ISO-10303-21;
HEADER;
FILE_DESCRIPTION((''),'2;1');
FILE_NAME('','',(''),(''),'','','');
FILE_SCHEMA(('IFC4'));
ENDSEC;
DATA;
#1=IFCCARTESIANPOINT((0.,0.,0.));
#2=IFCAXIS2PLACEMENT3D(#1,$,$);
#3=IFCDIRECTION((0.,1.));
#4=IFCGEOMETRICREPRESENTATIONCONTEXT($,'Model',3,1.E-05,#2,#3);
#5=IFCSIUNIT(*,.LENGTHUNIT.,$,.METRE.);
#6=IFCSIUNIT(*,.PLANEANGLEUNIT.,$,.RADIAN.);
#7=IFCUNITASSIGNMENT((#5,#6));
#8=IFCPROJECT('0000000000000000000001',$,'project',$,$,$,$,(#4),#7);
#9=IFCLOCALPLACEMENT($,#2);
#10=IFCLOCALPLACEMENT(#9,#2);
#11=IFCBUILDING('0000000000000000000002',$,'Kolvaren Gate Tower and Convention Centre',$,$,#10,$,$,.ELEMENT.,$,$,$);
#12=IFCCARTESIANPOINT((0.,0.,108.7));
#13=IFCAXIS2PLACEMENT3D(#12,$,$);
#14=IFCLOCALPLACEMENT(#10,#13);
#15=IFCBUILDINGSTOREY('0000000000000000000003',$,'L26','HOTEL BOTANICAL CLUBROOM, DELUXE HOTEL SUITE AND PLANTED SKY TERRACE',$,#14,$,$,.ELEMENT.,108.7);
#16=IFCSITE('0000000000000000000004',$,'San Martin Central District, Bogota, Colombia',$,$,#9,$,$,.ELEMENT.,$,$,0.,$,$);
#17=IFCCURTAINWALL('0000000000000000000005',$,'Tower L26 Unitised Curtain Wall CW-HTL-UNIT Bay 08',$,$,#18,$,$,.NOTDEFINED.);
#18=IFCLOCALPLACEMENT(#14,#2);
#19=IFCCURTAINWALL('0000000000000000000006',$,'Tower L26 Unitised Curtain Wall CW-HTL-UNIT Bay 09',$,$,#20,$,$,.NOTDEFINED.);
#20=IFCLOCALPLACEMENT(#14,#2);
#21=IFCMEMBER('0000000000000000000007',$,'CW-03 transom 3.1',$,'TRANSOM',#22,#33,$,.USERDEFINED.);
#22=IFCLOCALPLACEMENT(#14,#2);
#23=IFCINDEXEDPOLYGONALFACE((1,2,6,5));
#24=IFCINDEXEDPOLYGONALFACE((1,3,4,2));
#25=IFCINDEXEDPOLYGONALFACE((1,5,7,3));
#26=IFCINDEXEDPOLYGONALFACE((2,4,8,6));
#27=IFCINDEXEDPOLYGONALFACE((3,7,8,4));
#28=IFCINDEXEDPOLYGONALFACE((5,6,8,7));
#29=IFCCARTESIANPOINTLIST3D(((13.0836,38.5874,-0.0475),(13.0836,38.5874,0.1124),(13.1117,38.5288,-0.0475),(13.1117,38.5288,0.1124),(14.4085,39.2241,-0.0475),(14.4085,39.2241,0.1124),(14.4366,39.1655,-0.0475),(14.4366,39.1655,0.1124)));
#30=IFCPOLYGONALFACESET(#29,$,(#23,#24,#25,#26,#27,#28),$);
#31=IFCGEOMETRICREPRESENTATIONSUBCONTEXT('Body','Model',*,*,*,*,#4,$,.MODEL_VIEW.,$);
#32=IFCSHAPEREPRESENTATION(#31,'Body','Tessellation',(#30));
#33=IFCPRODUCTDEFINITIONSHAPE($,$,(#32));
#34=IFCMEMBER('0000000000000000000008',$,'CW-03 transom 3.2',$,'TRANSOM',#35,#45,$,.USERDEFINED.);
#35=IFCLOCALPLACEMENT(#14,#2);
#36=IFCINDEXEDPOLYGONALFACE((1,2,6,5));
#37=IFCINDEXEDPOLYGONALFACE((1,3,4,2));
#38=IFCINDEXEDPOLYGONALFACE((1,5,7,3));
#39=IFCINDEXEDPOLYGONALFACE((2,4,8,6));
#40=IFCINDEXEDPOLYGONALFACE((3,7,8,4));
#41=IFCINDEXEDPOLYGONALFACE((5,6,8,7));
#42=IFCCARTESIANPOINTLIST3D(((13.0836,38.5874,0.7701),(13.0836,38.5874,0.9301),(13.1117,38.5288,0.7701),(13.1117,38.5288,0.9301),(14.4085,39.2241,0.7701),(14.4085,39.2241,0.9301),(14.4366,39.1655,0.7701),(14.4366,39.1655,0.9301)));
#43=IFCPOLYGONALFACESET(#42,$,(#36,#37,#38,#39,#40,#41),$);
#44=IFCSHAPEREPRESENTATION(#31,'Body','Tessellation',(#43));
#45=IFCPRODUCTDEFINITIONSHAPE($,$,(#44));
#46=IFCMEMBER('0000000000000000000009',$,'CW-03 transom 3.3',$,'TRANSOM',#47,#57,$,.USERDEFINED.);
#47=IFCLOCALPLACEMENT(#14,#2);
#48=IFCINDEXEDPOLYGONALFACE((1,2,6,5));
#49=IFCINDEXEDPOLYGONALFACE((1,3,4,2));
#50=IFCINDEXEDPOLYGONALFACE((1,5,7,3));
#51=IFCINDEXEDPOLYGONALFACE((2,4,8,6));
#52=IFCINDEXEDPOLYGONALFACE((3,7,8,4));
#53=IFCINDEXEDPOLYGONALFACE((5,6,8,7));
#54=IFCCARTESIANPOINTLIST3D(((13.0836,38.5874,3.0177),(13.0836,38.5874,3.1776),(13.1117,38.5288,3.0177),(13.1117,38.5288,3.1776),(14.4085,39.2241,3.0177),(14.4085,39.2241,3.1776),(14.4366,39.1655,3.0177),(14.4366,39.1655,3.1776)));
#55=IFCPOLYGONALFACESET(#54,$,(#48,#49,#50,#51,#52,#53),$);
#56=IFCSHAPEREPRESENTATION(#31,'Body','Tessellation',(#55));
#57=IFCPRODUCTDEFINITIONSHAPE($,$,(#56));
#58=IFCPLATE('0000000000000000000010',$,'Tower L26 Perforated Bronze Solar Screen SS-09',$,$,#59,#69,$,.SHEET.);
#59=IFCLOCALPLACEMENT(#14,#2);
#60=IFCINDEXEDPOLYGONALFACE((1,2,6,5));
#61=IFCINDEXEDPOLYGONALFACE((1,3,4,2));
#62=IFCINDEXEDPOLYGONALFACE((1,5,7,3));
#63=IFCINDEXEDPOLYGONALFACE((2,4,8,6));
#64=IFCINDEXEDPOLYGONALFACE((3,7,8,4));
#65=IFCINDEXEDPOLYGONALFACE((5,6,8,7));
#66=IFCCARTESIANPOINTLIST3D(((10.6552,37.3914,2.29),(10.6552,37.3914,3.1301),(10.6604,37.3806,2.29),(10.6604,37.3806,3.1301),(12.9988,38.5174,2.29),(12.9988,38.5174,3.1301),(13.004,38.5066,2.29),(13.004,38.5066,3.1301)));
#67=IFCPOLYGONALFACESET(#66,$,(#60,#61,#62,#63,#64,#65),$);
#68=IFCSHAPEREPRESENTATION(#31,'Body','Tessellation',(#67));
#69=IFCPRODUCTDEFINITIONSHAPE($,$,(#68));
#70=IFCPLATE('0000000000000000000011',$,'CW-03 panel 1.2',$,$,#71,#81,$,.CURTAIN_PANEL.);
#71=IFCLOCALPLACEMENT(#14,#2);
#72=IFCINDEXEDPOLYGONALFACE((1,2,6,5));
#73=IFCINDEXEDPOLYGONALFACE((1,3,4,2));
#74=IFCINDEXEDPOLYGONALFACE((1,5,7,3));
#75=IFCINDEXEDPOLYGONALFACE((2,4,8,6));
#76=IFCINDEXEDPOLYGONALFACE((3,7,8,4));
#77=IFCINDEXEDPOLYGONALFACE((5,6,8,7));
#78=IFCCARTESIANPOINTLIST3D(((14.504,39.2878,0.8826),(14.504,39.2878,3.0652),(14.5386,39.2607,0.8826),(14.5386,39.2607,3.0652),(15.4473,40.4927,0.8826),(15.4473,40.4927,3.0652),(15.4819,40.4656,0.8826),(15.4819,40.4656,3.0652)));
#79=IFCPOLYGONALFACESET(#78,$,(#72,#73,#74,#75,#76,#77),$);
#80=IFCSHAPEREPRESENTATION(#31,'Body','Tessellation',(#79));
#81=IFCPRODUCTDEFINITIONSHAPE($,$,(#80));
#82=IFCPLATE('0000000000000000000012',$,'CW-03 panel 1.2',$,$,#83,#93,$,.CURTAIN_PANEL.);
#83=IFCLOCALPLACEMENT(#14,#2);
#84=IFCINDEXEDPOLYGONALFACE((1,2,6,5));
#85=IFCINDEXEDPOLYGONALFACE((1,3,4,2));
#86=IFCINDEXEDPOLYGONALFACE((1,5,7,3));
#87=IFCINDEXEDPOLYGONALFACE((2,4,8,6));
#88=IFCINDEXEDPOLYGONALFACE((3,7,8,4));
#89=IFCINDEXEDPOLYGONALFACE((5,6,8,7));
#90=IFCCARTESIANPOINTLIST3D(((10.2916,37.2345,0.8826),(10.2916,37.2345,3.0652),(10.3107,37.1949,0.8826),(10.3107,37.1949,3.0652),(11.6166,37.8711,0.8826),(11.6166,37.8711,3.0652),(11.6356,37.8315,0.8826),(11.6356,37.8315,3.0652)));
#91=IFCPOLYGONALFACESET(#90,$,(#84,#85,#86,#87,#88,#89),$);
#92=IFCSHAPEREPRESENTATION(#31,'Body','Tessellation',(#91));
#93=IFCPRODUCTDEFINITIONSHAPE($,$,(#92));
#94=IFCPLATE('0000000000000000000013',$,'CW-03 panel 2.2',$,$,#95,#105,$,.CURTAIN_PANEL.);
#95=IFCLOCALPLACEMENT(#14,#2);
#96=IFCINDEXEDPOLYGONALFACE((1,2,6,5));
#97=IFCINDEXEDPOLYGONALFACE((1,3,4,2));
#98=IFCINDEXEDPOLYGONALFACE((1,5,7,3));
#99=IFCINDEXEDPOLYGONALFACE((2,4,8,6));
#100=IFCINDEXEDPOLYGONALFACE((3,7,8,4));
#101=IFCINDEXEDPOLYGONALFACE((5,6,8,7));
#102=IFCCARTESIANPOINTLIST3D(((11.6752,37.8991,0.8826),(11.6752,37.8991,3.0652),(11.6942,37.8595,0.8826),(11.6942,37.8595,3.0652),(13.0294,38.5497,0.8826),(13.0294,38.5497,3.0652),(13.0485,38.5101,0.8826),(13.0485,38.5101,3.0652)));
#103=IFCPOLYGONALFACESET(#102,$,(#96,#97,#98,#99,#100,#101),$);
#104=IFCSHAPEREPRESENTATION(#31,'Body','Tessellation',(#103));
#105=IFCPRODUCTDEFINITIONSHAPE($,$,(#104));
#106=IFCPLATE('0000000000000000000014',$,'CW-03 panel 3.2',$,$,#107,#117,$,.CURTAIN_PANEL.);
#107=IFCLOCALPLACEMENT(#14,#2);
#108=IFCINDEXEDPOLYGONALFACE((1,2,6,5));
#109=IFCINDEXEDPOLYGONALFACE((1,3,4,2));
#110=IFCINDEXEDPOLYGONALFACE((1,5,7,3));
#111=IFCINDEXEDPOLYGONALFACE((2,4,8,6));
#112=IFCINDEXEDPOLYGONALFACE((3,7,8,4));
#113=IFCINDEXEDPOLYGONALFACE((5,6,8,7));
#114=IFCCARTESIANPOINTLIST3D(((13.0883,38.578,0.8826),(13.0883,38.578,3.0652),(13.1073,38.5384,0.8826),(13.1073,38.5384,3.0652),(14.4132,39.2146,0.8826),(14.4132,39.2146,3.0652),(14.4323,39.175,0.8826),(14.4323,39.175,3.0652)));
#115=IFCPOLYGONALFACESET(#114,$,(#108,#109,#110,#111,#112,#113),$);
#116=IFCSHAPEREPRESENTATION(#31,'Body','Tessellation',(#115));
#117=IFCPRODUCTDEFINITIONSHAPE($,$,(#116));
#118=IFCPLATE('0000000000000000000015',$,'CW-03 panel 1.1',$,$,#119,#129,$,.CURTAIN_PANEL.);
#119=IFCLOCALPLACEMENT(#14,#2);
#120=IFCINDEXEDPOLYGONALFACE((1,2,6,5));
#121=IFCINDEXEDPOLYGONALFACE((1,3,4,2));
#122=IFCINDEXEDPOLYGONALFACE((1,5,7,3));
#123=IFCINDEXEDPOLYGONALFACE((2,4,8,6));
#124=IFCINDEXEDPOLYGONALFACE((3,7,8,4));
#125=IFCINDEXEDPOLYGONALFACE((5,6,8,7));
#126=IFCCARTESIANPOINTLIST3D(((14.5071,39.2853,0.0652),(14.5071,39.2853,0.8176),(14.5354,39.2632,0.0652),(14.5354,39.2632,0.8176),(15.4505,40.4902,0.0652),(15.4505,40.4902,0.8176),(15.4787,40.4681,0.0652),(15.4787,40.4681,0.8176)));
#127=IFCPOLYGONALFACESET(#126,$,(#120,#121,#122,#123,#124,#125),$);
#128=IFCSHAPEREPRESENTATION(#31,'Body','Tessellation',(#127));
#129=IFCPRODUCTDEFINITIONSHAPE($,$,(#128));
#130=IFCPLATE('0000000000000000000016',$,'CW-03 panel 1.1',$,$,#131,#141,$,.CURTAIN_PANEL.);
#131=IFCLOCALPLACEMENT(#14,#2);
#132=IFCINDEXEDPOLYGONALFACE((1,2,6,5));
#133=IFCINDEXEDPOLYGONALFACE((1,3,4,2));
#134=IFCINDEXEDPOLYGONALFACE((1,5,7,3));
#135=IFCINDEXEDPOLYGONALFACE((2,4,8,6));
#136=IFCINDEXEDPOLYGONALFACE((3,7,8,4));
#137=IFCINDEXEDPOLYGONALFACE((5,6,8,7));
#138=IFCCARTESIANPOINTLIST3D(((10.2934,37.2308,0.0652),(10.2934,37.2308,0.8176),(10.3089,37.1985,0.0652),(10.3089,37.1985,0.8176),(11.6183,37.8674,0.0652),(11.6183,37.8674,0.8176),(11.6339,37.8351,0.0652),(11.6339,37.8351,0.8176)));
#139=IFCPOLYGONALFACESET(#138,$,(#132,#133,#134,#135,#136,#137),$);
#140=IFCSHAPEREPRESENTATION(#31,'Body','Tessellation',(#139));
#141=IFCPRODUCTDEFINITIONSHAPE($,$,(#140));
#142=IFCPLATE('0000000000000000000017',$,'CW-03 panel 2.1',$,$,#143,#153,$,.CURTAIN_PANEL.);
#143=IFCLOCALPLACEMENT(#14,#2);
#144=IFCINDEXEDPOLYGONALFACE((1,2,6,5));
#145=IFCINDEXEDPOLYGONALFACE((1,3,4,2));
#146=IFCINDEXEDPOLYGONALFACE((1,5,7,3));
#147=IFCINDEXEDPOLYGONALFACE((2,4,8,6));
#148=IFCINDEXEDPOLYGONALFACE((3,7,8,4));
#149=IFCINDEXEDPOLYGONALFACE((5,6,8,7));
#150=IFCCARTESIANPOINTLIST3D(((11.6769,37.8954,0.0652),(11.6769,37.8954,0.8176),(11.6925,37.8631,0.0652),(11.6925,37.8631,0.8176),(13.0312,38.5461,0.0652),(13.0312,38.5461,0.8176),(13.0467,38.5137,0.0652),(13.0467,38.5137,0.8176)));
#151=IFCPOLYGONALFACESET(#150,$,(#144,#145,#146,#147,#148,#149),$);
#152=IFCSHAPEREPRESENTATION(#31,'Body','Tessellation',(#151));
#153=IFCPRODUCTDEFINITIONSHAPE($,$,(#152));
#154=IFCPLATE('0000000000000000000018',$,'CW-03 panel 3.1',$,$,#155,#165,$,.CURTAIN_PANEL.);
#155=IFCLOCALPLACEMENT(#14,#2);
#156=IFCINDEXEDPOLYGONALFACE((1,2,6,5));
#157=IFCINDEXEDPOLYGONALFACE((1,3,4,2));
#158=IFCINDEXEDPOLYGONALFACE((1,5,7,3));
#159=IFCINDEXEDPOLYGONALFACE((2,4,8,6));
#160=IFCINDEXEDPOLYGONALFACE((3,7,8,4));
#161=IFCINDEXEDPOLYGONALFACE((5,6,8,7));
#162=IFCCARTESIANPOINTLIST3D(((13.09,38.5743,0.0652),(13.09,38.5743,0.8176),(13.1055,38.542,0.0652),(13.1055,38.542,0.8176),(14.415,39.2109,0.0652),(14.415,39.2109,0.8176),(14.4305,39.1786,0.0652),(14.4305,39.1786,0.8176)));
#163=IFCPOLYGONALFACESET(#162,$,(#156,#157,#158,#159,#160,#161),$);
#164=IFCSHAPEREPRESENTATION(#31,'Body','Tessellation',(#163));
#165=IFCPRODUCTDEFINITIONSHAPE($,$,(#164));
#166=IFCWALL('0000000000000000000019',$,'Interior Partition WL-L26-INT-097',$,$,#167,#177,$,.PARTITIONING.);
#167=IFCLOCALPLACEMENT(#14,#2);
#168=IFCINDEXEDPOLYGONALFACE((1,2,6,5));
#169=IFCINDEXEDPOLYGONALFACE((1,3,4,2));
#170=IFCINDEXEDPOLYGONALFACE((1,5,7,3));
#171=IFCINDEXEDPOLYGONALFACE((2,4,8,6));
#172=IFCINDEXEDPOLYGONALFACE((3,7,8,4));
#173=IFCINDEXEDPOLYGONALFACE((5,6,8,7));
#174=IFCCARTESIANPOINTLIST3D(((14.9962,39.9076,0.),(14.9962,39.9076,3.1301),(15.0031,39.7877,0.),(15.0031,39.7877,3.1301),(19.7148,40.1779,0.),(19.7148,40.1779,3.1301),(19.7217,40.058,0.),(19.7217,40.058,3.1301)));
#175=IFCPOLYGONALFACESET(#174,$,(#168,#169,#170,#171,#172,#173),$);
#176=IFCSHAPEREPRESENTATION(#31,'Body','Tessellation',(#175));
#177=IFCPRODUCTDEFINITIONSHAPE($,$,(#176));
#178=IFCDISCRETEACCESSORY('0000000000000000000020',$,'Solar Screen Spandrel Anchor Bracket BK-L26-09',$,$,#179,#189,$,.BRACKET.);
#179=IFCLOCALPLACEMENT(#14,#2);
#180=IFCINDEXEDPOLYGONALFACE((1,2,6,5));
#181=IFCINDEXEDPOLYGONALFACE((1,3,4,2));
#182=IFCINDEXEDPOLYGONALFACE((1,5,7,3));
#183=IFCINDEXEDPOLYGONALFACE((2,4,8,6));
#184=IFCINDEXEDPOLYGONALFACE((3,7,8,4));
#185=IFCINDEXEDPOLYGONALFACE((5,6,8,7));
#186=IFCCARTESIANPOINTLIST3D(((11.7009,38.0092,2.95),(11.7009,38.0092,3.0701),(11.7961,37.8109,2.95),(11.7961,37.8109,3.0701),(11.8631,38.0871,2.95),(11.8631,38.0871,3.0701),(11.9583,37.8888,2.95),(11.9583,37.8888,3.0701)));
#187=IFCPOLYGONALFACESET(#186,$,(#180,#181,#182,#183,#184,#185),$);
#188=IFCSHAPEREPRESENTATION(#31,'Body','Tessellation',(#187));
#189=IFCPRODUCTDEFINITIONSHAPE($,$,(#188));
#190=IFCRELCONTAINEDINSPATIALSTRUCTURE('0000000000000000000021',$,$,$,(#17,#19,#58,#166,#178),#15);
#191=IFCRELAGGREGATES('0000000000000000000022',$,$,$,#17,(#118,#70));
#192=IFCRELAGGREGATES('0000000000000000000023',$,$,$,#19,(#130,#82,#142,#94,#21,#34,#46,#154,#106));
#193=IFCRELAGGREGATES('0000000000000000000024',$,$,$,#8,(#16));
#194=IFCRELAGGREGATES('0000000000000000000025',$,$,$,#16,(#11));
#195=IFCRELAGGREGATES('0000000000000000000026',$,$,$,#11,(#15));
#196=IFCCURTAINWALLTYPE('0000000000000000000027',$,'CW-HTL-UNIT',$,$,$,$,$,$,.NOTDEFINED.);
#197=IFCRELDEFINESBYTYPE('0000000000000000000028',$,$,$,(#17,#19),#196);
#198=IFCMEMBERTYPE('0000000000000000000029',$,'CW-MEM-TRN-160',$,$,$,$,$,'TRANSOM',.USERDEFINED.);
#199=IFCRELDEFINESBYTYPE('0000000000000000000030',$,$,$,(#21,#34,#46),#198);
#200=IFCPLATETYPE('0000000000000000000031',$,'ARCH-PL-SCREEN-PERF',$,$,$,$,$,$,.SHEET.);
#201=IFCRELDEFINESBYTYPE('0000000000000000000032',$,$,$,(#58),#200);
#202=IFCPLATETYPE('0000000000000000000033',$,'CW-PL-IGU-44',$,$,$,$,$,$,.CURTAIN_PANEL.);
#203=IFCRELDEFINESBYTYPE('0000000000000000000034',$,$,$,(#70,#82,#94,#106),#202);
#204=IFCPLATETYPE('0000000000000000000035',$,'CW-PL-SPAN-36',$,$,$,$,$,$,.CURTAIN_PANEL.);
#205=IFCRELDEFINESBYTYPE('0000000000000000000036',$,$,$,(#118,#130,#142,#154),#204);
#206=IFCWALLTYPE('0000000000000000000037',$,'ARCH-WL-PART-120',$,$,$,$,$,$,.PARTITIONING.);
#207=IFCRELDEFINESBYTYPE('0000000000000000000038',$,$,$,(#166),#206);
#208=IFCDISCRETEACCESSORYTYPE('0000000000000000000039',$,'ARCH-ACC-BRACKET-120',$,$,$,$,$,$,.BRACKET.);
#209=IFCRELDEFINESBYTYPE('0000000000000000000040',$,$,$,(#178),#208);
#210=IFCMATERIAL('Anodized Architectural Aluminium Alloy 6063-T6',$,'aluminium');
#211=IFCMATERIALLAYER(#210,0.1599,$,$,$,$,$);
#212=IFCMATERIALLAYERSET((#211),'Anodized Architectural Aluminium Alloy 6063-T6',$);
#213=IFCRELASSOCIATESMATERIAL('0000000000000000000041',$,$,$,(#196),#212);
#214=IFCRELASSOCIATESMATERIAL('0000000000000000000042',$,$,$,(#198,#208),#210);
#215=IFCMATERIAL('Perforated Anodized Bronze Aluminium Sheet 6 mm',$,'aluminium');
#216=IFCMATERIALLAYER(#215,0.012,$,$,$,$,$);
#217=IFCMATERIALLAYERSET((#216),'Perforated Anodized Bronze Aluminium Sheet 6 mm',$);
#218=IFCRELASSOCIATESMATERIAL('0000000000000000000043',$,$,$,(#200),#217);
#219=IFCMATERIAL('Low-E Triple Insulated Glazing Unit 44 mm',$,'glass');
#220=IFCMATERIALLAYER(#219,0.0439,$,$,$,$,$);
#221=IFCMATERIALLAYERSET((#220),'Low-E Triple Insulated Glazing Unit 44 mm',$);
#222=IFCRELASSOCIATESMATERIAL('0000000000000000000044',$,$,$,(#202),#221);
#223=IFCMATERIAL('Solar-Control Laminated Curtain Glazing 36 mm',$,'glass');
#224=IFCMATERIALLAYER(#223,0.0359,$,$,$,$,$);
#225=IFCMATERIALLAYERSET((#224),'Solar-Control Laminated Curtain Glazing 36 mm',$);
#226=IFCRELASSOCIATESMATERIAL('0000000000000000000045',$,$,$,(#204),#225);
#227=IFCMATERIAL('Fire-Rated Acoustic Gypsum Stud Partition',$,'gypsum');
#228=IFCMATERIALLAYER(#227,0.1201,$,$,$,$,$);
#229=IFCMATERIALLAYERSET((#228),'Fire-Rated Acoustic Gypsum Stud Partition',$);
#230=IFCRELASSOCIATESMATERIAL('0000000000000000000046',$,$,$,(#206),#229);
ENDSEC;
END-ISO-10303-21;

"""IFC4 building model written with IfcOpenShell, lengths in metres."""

from ifc_helpers import new_model, si_unit, direction, frame, frame_2d, origin, origin_2d, place, context, subcontext, project, spatial, rectangle, extrude, material, layer, layer_set, material_profile, profile_set, type_object, element, aggregate, save


model = new_model("IFC4")

# Units and contexts
model_context = context("Model", 3, precision=1e-05, world=origin(), true_north=direction((0.0, 1.0)))
body_context = subcontext(model_context, "Body", "Model", "MODEL_VIEW")
ifc_project = project(units=[si_unit("LENGTHUNIT", "METRE"), si_unit("PLANEANGLEUNIT", "RADIAN")], contexts=[model_context])

# Site, building, storey
site_placement = place(None, origin())
site = spatial("IfcSite", under=ifc_project, at=site_placement, Name="San Martin Central District, Bogota, Colombia", CompositionType="ELEMENT", RefElevation=0.0)
building_placement = place(site_placement, origin())
building = spatial("IfcBuilding", under=site, at=building_placement, Name="Kolvaren Gate Tower and Convention Centre", CompositionType="ELEMENT")
storey_placement = place(building_placement, frame((0.0, 0.0, 108.7)))
storey = spatial("IfcBuildingStorey", under=building, at=storey_placement, Name="L26", Description="HOTEL BOTANICAL CLUBROOM, DELUXE HOTEL SUITE AND PLANTED SKY TERRACE", CompositionType="ELEMENT", Elevation=108.7)

# Curtain walls
ifc_material_1 = material(Name="Anodized Architectural Aluminium Alloy 6063-T6", Category="aluminium")
ifc_layer_1 = layer(ifc_material_1, 0.1599)
ifc_layer_set_1 = layer_set([ifc_layer_1], Name="Anodized Architectural Aluminium Alloy 6063-T6")
curtain_wall_type = type_object("IfcCurtainWallType", Name="CW-HTL-UNIT", PredefinedType="NOTDEFINED", material=ifc_layer_set_1)
curtain_wall_1_placement = place(storey_placement, origin())
curtain_wall_1 = element("IfcCurtainWall", 1, at=curtain_wall_1_placement, inside=storey, type_object=curtain_wall_type, Name="Tower L26 Unitised Curtain Wall CW-HTL-UNIT Bay 08", PredefinedType="NOTDEFINED")
curtain_wall_2_placement = place(storey_placement, origin())
curtain_wall_2 = element("IfcCurtainWall", 2, at=curtain_wall_2_placement, inside=storey, type_object=curtain_wall_type, Name="Tower L26 Unitised Curtain Wall CW-HTL-UNIT Bay 09", PredefinedType="NOTDEFINED")

# Members
ifc_material_profile_1 = material_profile(ifc_material_1, rectangle(XDim=0.0649, YDim=0.1599, at=origin_2d()), Name="CW-MEM-TRN-160")
ifc_profile_set_1 = profile_set([ifc_material_profile_1], Name="Anodized Architectural Aluminium Alloy 6063-T6")
member_type_1 = type_object("IfcMemberType", Name="CW-MEM-TRN-160", ElementType="TRANSOM", PredefinedType="USERDEFINED", material=ifc_profile_set_1)
member_1_placement = place(storey_placement, frame((13.0977, 38.5581, 0.0325), z_axis=(0.901326, 0.433141, 0.0), x_axis=(-0.433141, 0.901326, 0.0)))
member_1 = element("IfcMember", 3, at=member_1_placement, type_object=member_type_1, Name="CW-03 transom 3.1", ObjectType="TRANSOM", PredefinedType="USERDEFINED", context=body_context, shape_type="SweptSolid", body=[
    extrude(rectangle(XDim=0.0649, YDim=0.1599, at=origin_2d()), origin(), (0.0, 0.0, 1.0), 1.47),
])
member_2_placement = place(storey_placement, frame((13.0977, 38.5581, 0.8501), z_axis=(0.901326, 0.433141, 0.0), x_axis=(-0.433141, 0.901326, 0.0)))
member_2 = element("IfcMember", 4, at=member_2_placement, type_object=member_type_1, Name="CW-03 transom 3.2", ObjectType="TRANSOM", PredefinedType="USERDEFINED", context=body_context, shape_type="SweptSolid", body=[
    extrude(rectangle(XDim=0.0649, YDim=0.1599, at=origin_2d()), origin(), (0.0, 0.0, 1.0), 1.47),
])
member_3_placement = place(storey_placement, frame((13.0977, 38.5581, 3.0977), z_axis=(0.901326, 0.433141, 0.0), x_axis=(-0.433141, 0.901326, 0.0)))
member_3 = element("IfcMember", 5, at=member_3_placement, type_object=member_type_1, Name="CW-03 transom 3.3", ObjectType="TRANSOM", PredefinedType="USERDEFINED", context=body_context, shape_type="SweptSolid", body=[
    extrude(rectangle(XDim=0.0649, YDim=0.1599, at=origin_2d()), origin(), (0.0, 0.0, 1.0), 1.47),
])

# Plates
ifc_material_2 = material(Name="Perforated Anodized Bronze Aluminium Sheet 6 mm", Category="aluminium")
ifc_layer_2 = layer(ifc_material_2, 0.012)
ifc_layer_set_2 = layer_set([ifc_layer_2], Name="Perforated Anodized Bronze Aluminium Sheet 6 mm")
plate_type_1 = type_object("IfcPlateType", Name="ARCH-PL-SCREEN-PERF", PredefinedType="SHEET", material=ifc_layer_set_2)
plate_1_placement = place(storey_placement, frame((11.8296, 37.949, 2.29), z_axis=(0.0, 0.0, 1.0), x_axis=(0.901363, 0.433065, 0.0)))
element("IfcPlate", 6, at=plate_1_placement, inside=storey, type_object=plate_type_1, Name="Tower L26 Perforated Bronze Solar Screen SS-09", PredefinedType="SHEET", context=body_context, shape_type="SweptSolid", body=[
    extrude(rectangle(XDim=2.6001, YDim=0.012, at=origin_2d()), origin(), (0.0, 0.0, 1.0), 0.8401),
])
ifc_material_3 = material(Name="Low-E Triple Insulated Glazing Unit 44 mm", Category="glass")
ifc_layer_3 = layer(ifc_material_3, 0.0439)
ifc_layer_set_3 = layer_set([ifc_layer_3], Name="Low-E Triple Insulated Glazing Unit 44 mm")
plate_type_2 = type_object("IfcPlateType", Name="CW-PL-IGU-44", PredefinedType="CURTAIN_PANEL", material=ifc_layer_set_3)
plate_2_placement = place(storey_placement, frame((14.9929, 39.8767, 0.8826), z_axis=(0.0, 0.0, 1.0), x_axis=(0.616441, 0.787401, 0.0)))
plate_2 = element("IfcPlate", 7, at=plate_2_placement, type_object=plate_type_2, Name="CW-03 panel 1.2", PredefinedType="CURTAIN_PANEL", context=body_context, shape_type="SweptSolid", body=[
    extrude(rectangle(XDim=1.5303, YDim=0.0439, at=origin_2d()), origin(), (0.0, 0.0, 1.0), 2.1826),
])
plate_3_placement = place(storey_placement, frame((10.9636, 37.533, 0.8826), z_axis=(0.0, 0.0, 1.0), x_axis=(0.901359, 0.433073, 0.0)))
plate_3 = element("IfcPlate", 8, at=plate_3_placement, type_object=plate_type_2, Name="CW-03 panel 1.2", PredefinedType="CURTAIN_PANEL", context=body_context, shape_type="SweptSolid", body=[
    extrude(rectangle(XDim=1.47, YDim=0.0439, at=origin_2d()), origin(), (0.0, 0.0, 1.0), 2.1826),
])
plate_4_placement = place(storey_placement, frame((12.3618, 38.2046, 0.8826), z_axis=(0.0, 0.0, 1.0), x_axis=(0.901359, 0.433073, 0.0)))
plate_4 = element("IfcPlate", 9, at=plate_4_placement, type_object=plate_type_2, Name="CW-03 panel 2.2", PredefinedType="CURTAIN_PANEL", context=body_context, shape_type="SweptSolid", body=[
    extrude(rectangle(XDim=1.5024, YDim=0.0439, at=origin_2d()), origin(), (0.0, 0.0, 1.0), 2.1826),
])
plate_5_placement = place(storey_placement, frame((13.7603, 38.8765, 0.8826), z_axis=(0.0, 0.0, 1.0), x_axis=(0.901359, 0.433073, 0.0)))
plate_5 = element("IfcPlate", 10, at=plate_5_placement, type_object=plate_type_2, Name="CW-03 panel 3.2", PredefinedType="CURTAIN_PANEL", context=body_context, shape_type="SweptSolid", body=[
    extrude(rectangle(XDim=1.47, YDim=0.0439, at=origin_2d()), origin(), (0.0, 0.0, 1.0), 2.1826),
])
ifc_material_4 = material(Name="Solar-Control Laminated Curtain Glazing 36 mm", Category="glass")
ifc_layer_4 = layer(ifc_material_4, 0.0359)
ifc_layer_set_4 = layer_set([ifc_layer_4], Name="Solar-Control Laminated Curtain Glazing 36 mm")
plate_type_3 = type_object("IfcPlateType", Name="CW-PL-SPAN-36", PredefinedType="CURTAIN_PANEL", material=ifc_layer_set_4)
plate_6_placement = place(storey_placement, frame((14.9929, 39.8767, 0.0652), z_axis=(0.0, 0.0, 1.0), x_axis=(0.616441, 0.787401, 0.0)))
plate_6 = element("IfcPlate", 11, at=plate_6_placement, type_object=plate_type_3, Name="CW-03 panel 1.1", PredefinedType="CURTAIN_PANEL", context=body_context, shape_type="SweptSolid", body=[
    extrude(rectangle(XDim=1.5303, YDim=0.0359, at=origin_2d()), origin(), (0.0, 0.0, 1.0), 0.7524),
])
aggregate(curtain_wall_1, [plate_6, plate_2])
plate_7_placement = place(storey_placement, frame((10.9636, 37.533, 0.0652), z_axis=(0.0, 0.0, 1.0), x_axis=(0.901359, 0.433073, 0.0)))
plate_7 = element("IfcPlate", 12, at=plate_7_placement, type_object=plate_type_3, Name="CW-03 panel 1.1", PredefinedType="CURTAIN_PANEL", context=body_context, shape_type="SweptSolid", body=[
    extrude(rectangle(XDim=1.47, YDim=0.0359, at=origin_2d()), origin(), (0.0, 0.0, 1.0), 0.7524),
])
plate_8_placement = place(storey_placement, frame((12.3618, 38.2046, 0.0652), z_axis=(0.0, 0.0, 1.0), x_axis=(0.901359, 0.433073, 0.0)))
plate_8 = element("IfcPlate", 13, at=plate_8_placement, type_object=plate_type_3, Name="CW-03 panel 2.1", PredefinedType="CURTAIN_PANEL", context=body_context, shape_type="SweptSolid", body=[
    extrude(rectangle(XDim=1.5024, YDim=0.0359, at=origin_2d()), origin(), (0.0, 0.0, 1.0), 0.7524),
])
plate_9_placement = place(storey_placement, frame((13.7603, 38.8765, 0.0652), z_axis=(0.0, 0.0, 1.0), x_axis=(0.901359, 0.433073, 0.0)))
plate_9 = element("IfcPlate", 14, at=plate_9_placement, type_object=plate_type_3, Name="CW-03 panel 3.1", PredefinedType="CURTAIN_PANEL", context=body_context, shape_type="SweptSolid", body=[
    extrude(rectangle(XDim=1.47, YDim=0.0359, at=origin_2d()), origin(), (0.0, 0.0, 1.0), 0.7524),
])
aggregate(curtain_wall_2, [plate_7, plate_3, plate_8, plate_4, member_1, member_2, member_3, plate_9, plate_5])

# Wall
ifc_material_5 = material(Name="Fire-Rated Acoustic Gypsum Stud Partition", Category="gypsum")
ifc_layer_5 = layer(ifc_material_5, 0.1201)
ifc_layer_set_5 = layer_set([ifc_layer_5], Name="Fire-Rated Acoustic Gypsum Stud Partition")
wall_type = type_object("IfcWallType", Name="ARCH-WL-PART-120", PredefinedType="PARTITIONING", material=ifc_layer_set_5)
wall_placement = place(storey_placement, frame((14.9995, 39.8477, 0.0), z_axis=(0.0, 0.0, 1.0), x_axis=(0.998364, 0.057184, 0.0)))
element("IfcWall", 15, at=wall_placement, inside=storey, type_object=wall_type, Name="Interior Partition WL-L26-INT-097", PredefinedType="PARTITIONING", context=body_context, shape_type="SweptSolid", body=[
    extrude(rectangle(XDim=4.7263, YDim=0.1201, at=frame_2d((2.3633, 0.0))), origin(), (0.0, 0.0, 1.0), 3.1301),
])

# Discrete accessory
discrete_accessory_type = type_object("IfcDiscreteAccessoryType", Name="ARCH-ACC-BRACKET-120", PredefinedType="BRACKET", material=ifc_material_1)
discrete_accessory_placement = place(storey_placement, frame((11.8296, 37.949, 2.95), z_axis=(0.0, 0.0, 1.0), x_axis=(0.901363, 0.433065, 0.0)))
element("IfcDiscreteAccessory", 16, at=discrete_accessory_placement, inside=storey, type_object=discrete_accessory_type, Name="Solar Screen Spandrel Anchor Bracket BK-L26-09", PredefinedType="BRACKET", context=body_context, shape_type="SweptSolid", body=[
    extrude(rectangle(XDim=0.1799, YDim=0.22, at=origin_2d()), origin(), (0.0, 0.0, 1.0), 0.1201),
])

save(model, "model.ifc")
